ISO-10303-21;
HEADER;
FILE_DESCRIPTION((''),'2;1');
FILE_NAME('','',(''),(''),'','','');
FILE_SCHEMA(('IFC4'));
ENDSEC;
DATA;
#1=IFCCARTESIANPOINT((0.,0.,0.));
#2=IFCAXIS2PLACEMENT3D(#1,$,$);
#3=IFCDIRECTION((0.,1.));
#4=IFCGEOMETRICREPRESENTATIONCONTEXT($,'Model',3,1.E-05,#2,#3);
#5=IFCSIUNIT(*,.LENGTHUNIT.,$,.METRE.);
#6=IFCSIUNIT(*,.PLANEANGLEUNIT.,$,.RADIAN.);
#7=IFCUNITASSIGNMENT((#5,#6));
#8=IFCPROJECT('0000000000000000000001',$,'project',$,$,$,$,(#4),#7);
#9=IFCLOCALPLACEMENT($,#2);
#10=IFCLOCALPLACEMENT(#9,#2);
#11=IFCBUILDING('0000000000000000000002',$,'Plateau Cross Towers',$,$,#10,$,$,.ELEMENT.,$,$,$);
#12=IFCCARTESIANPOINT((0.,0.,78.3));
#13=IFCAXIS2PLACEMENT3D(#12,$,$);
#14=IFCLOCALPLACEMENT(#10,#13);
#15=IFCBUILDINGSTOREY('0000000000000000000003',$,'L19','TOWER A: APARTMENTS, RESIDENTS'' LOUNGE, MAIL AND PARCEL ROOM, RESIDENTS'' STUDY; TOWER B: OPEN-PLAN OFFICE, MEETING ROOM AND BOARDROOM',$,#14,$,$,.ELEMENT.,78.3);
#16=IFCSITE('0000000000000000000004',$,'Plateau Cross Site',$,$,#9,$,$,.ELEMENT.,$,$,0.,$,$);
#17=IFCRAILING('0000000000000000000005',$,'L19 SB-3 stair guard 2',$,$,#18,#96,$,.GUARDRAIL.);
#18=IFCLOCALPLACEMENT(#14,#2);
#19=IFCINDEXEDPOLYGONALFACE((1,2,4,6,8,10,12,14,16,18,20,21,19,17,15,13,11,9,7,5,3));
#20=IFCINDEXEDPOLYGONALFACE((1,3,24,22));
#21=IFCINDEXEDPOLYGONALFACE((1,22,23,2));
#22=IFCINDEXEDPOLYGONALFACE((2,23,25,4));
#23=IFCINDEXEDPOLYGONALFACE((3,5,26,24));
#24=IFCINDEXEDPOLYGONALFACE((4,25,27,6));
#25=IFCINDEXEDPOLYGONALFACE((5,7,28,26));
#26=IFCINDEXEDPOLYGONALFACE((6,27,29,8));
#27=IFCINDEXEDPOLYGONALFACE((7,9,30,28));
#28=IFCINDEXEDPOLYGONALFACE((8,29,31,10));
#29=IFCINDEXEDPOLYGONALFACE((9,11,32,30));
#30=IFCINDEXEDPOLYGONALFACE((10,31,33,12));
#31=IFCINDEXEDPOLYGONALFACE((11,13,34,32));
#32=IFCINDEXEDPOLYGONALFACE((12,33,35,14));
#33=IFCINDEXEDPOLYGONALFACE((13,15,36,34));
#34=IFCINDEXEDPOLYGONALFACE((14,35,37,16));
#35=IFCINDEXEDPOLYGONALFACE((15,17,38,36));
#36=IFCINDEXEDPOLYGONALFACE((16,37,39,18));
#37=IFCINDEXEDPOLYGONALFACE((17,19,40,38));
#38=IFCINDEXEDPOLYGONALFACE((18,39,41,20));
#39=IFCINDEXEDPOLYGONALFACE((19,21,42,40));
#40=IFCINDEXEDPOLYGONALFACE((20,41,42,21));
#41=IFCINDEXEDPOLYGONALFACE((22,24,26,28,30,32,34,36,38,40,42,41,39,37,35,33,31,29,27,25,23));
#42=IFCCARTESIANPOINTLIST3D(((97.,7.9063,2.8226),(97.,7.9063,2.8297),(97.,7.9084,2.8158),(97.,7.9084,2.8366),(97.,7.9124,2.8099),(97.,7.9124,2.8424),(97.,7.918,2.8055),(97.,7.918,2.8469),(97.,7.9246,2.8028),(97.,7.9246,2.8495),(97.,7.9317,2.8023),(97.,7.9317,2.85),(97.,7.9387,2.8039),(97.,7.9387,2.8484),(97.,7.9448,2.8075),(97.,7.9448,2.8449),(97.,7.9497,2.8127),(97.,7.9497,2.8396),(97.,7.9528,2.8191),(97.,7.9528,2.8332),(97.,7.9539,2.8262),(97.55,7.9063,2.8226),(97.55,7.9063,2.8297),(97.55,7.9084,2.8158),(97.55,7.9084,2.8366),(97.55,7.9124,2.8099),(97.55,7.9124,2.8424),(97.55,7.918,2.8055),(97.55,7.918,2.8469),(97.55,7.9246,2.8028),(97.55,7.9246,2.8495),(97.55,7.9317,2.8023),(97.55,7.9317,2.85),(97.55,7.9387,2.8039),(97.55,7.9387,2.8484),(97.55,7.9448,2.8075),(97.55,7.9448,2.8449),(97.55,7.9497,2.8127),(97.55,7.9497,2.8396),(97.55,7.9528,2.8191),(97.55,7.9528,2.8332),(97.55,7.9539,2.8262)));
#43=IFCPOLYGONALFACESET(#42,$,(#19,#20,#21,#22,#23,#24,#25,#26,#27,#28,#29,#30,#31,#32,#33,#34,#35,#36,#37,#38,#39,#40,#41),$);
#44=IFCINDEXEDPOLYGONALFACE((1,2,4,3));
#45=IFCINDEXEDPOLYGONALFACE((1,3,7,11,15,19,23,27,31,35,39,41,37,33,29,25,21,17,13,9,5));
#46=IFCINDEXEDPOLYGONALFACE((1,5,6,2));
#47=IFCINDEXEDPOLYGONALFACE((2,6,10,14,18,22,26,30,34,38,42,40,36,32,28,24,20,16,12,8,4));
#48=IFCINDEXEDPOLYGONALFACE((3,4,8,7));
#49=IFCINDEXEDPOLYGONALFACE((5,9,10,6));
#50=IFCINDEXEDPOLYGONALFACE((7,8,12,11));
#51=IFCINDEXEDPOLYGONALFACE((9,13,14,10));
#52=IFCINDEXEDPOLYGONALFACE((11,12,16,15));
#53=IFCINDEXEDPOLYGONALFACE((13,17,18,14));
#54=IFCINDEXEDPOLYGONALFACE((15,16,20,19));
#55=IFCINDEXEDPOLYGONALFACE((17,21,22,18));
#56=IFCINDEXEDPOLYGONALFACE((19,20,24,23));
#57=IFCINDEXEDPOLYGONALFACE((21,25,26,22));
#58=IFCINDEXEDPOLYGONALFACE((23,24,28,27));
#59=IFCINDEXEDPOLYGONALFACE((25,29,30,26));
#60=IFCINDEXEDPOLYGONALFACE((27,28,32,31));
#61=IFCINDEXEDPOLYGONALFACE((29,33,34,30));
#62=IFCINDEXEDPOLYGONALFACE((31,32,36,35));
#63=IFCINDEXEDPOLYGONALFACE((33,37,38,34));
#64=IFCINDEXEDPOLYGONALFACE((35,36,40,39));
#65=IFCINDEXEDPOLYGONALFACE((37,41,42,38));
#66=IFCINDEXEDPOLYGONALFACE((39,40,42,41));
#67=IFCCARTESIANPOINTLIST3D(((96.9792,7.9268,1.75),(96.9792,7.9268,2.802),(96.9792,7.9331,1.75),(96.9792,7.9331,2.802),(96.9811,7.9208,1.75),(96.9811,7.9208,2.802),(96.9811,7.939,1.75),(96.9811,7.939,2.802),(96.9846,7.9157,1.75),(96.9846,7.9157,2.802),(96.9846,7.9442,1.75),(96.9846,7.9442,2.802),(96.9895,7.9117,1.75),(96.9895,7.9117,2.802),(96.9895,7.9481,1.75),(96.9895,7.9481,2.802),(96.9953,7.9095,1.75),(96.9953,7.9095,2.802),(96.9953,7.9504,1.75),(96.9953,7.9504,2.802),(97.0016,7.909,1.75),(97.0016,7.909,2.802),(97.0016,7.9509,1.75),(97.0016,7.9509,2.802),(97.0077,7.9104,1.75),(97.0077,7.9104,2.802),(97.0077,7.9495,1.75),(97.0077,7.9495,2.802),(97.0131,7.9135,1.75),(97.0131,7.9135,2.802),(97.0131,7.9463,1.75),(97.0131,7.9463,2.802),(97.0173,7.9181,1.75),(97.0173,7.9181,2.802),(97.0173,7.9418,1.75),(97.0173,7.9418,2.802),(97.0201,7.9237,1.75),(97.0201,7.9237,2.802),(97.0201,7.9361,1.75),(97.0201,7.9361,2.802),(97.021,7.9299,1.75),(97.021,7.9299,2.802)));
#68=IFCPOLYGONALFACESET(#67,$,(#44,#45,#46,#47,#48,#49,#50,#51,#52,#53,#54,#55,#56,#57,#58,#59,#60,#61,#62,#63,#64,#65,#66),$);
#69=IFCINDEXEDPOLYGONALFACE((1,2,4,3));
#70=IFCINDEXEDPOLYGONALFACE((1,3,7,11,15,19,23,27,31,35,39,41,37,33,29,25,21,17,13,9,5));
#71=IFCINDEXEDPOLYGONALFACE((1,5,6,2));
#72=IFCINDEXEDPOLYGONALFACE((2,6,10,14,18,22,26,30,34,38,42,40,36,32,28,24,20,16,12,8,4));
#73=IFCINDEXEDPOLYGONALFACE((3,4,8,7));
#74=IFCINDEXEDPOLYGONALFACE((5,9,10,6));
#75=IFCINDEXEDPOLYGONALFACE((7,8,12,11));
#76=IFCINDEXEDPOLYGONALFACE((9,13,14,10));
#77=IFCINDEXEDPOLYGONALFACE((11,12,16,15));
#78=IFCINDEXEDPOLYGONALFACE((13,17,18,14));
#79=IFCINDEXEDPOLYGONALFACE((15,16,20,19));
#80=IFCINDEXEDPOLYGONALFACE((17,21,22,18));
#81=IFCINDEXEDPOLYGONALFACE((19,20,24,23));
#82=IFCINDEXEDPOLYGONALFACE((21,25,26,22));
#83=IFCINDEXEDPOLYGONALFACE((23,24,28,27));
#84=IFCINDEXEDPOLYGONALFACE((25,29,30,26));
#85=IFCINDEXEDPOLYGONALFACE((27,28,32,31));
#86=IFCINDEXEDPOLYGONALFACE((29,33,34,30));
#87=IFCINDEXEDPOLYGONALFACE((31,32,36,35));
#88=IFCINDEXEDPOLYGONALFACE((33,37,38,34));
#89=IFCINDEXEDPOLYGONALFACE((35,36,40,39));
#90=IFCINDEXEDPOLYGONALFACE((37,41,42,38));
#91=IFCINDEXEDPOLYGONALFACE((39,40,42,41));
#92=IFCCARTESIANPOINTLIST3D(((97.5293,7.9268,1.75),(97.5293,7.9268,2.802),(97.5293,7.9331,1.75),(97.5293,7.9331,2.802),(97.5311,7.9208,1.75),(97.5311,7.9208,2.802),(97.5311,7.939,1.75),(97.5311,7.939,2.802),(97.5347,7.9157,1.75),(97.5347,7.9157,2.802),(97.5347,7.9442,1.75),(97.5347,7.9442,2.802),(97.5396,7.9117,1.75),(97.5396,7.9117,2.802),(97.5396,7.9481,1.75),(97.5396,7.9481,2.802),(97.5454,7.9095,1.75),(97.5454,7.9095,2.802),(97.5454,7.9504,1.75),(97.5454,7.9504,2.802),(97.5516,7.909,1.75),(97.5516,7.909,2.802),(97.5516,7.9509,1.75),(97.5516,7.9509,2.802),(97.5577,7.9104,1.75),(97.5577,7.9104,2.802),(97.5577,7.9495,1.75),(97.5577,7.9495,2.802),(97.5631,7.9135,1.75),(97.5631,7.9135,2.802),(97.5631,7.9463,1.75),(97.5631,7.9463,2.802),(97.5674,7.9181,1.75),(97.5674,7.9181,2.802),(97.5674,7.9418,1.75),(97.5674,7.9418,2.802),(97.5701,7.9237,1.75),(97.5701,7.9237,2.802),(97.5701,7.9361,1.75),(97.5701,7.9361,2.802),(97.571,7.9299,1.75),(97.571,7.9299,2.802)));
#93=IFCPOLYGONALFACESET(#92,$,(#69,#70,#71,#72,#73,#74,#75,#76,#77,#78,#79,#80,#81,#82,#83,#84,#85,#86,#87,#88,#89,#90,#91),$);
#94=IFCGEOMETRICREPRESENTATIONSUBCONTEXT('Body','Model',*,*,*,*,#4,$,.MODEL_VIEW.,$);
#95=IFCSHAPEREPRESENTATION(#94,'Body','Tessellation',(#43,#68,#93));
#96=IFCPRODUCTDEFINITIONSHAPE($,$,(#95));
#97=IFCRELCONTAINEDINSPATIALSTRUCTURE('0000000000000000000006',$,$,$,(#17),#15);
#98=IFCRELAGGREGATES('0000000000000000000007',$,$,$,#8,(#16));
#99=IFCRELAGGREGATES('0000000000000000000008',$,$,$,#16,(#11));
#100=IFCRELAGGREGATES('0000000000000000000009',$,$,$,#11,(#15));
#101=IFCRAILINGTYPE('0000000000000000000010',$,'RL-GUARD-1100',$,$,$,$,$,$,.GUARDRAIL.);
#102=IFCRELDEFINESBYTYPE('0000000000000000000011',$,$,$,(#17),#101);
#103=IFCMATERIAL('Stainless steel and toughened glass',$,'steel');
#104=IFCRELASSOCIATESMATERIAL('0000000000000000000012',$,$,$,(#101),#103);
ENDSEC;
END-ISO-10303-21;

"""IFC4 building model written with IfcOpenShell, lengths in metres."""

from ifc_helpers import new_model, si_unit, direction, frame, origin, origin_2d, place, context, subcontext, project, spatial, circle, extrude, material, type_object, element, save


model = new_model("IFC4")

# Units and contexts
model_context = context("Model", 3, precision=1e-05, world=origin(), true_north=direction((0.0, 1.0)))
body_context = subcontext(model_context, "Body", "Model", "MODEL_VIEW")
ifc_project = project(units=[si_unit("LENGTHUNIT", "METRE"), si_unit("PLANEANGLEUNIT", "RADIAN")], contexts=[model_context])

# Site, building, storey
site_placement = place(None, origin())
site = spatial("IfcSite", under=ifc_project, at=site_placement, Name="Plateau Cross Site", CompositionType="ELEMENT", RefElevation=0.0)
building_placement = place(site_placement, origin())
building = spatial("IfcBuilding", under=site, at=building_placement, Name="Plateau Cross Towers", CompositionType="ELEMENT")
storey_placement = place(building_placement, frame((0.0, 0.0, 78.3)))
storey = spatial("IfcBuildingStorey", under=building, at=storey_placement, Name="L19", Description="TOWER A: APARTMENTS, RESIDENTS' LOUNGE, MAIL AND PARCEL ROOM, RESIDENTS' STUDY; TOWER B: OPEN-PLAN OFFICE, MEETING ROOM AND BOARDROOM", CompositionType="ELEMENT", Elevation=78.3)

# Railing
ifc_material_1 = material(Name="Stainless steel and toughened glass", Category="steel")
railing_type_1 = type_object("IfcRailingType", Name="RL-GUARD-1100", PredefinedType="GUARDRAIL", material=ifc_material_1)
railing_1_placement = place(storey_placement, frame((97.0, 7.9299, 1.75)))
element("IfcRailing", 1, at=railing_1_placement, inside=storey, type_object=railing_type_1, Name="L19 SB-3 stair guard 2", PredefinedType="GUARDRAIL", context=body_context, shape_type="SweptSolid", body=[
    extrude(circle(Radius=0.0239, at=origin_2d()), frame((0.0, 0.0, 1.0762), z_axis=(1.0, 0.0, 0.0), x_axis=(0.0, 1.0, 0.0)), (0.0, 0.0, 1.0), 0.55),
    extrude(circle(Radius=0.021, at=origin_2d()), origin(), (0.0, 0.0, 1.0), 1.052),
    extrude(circle(Radius=0.021, at=origin_2d()), frame((0.55, 0.0, 0.0)), (0.0, 0.0, 1.0), 1.052),
])

save(model, "model.ifc")
